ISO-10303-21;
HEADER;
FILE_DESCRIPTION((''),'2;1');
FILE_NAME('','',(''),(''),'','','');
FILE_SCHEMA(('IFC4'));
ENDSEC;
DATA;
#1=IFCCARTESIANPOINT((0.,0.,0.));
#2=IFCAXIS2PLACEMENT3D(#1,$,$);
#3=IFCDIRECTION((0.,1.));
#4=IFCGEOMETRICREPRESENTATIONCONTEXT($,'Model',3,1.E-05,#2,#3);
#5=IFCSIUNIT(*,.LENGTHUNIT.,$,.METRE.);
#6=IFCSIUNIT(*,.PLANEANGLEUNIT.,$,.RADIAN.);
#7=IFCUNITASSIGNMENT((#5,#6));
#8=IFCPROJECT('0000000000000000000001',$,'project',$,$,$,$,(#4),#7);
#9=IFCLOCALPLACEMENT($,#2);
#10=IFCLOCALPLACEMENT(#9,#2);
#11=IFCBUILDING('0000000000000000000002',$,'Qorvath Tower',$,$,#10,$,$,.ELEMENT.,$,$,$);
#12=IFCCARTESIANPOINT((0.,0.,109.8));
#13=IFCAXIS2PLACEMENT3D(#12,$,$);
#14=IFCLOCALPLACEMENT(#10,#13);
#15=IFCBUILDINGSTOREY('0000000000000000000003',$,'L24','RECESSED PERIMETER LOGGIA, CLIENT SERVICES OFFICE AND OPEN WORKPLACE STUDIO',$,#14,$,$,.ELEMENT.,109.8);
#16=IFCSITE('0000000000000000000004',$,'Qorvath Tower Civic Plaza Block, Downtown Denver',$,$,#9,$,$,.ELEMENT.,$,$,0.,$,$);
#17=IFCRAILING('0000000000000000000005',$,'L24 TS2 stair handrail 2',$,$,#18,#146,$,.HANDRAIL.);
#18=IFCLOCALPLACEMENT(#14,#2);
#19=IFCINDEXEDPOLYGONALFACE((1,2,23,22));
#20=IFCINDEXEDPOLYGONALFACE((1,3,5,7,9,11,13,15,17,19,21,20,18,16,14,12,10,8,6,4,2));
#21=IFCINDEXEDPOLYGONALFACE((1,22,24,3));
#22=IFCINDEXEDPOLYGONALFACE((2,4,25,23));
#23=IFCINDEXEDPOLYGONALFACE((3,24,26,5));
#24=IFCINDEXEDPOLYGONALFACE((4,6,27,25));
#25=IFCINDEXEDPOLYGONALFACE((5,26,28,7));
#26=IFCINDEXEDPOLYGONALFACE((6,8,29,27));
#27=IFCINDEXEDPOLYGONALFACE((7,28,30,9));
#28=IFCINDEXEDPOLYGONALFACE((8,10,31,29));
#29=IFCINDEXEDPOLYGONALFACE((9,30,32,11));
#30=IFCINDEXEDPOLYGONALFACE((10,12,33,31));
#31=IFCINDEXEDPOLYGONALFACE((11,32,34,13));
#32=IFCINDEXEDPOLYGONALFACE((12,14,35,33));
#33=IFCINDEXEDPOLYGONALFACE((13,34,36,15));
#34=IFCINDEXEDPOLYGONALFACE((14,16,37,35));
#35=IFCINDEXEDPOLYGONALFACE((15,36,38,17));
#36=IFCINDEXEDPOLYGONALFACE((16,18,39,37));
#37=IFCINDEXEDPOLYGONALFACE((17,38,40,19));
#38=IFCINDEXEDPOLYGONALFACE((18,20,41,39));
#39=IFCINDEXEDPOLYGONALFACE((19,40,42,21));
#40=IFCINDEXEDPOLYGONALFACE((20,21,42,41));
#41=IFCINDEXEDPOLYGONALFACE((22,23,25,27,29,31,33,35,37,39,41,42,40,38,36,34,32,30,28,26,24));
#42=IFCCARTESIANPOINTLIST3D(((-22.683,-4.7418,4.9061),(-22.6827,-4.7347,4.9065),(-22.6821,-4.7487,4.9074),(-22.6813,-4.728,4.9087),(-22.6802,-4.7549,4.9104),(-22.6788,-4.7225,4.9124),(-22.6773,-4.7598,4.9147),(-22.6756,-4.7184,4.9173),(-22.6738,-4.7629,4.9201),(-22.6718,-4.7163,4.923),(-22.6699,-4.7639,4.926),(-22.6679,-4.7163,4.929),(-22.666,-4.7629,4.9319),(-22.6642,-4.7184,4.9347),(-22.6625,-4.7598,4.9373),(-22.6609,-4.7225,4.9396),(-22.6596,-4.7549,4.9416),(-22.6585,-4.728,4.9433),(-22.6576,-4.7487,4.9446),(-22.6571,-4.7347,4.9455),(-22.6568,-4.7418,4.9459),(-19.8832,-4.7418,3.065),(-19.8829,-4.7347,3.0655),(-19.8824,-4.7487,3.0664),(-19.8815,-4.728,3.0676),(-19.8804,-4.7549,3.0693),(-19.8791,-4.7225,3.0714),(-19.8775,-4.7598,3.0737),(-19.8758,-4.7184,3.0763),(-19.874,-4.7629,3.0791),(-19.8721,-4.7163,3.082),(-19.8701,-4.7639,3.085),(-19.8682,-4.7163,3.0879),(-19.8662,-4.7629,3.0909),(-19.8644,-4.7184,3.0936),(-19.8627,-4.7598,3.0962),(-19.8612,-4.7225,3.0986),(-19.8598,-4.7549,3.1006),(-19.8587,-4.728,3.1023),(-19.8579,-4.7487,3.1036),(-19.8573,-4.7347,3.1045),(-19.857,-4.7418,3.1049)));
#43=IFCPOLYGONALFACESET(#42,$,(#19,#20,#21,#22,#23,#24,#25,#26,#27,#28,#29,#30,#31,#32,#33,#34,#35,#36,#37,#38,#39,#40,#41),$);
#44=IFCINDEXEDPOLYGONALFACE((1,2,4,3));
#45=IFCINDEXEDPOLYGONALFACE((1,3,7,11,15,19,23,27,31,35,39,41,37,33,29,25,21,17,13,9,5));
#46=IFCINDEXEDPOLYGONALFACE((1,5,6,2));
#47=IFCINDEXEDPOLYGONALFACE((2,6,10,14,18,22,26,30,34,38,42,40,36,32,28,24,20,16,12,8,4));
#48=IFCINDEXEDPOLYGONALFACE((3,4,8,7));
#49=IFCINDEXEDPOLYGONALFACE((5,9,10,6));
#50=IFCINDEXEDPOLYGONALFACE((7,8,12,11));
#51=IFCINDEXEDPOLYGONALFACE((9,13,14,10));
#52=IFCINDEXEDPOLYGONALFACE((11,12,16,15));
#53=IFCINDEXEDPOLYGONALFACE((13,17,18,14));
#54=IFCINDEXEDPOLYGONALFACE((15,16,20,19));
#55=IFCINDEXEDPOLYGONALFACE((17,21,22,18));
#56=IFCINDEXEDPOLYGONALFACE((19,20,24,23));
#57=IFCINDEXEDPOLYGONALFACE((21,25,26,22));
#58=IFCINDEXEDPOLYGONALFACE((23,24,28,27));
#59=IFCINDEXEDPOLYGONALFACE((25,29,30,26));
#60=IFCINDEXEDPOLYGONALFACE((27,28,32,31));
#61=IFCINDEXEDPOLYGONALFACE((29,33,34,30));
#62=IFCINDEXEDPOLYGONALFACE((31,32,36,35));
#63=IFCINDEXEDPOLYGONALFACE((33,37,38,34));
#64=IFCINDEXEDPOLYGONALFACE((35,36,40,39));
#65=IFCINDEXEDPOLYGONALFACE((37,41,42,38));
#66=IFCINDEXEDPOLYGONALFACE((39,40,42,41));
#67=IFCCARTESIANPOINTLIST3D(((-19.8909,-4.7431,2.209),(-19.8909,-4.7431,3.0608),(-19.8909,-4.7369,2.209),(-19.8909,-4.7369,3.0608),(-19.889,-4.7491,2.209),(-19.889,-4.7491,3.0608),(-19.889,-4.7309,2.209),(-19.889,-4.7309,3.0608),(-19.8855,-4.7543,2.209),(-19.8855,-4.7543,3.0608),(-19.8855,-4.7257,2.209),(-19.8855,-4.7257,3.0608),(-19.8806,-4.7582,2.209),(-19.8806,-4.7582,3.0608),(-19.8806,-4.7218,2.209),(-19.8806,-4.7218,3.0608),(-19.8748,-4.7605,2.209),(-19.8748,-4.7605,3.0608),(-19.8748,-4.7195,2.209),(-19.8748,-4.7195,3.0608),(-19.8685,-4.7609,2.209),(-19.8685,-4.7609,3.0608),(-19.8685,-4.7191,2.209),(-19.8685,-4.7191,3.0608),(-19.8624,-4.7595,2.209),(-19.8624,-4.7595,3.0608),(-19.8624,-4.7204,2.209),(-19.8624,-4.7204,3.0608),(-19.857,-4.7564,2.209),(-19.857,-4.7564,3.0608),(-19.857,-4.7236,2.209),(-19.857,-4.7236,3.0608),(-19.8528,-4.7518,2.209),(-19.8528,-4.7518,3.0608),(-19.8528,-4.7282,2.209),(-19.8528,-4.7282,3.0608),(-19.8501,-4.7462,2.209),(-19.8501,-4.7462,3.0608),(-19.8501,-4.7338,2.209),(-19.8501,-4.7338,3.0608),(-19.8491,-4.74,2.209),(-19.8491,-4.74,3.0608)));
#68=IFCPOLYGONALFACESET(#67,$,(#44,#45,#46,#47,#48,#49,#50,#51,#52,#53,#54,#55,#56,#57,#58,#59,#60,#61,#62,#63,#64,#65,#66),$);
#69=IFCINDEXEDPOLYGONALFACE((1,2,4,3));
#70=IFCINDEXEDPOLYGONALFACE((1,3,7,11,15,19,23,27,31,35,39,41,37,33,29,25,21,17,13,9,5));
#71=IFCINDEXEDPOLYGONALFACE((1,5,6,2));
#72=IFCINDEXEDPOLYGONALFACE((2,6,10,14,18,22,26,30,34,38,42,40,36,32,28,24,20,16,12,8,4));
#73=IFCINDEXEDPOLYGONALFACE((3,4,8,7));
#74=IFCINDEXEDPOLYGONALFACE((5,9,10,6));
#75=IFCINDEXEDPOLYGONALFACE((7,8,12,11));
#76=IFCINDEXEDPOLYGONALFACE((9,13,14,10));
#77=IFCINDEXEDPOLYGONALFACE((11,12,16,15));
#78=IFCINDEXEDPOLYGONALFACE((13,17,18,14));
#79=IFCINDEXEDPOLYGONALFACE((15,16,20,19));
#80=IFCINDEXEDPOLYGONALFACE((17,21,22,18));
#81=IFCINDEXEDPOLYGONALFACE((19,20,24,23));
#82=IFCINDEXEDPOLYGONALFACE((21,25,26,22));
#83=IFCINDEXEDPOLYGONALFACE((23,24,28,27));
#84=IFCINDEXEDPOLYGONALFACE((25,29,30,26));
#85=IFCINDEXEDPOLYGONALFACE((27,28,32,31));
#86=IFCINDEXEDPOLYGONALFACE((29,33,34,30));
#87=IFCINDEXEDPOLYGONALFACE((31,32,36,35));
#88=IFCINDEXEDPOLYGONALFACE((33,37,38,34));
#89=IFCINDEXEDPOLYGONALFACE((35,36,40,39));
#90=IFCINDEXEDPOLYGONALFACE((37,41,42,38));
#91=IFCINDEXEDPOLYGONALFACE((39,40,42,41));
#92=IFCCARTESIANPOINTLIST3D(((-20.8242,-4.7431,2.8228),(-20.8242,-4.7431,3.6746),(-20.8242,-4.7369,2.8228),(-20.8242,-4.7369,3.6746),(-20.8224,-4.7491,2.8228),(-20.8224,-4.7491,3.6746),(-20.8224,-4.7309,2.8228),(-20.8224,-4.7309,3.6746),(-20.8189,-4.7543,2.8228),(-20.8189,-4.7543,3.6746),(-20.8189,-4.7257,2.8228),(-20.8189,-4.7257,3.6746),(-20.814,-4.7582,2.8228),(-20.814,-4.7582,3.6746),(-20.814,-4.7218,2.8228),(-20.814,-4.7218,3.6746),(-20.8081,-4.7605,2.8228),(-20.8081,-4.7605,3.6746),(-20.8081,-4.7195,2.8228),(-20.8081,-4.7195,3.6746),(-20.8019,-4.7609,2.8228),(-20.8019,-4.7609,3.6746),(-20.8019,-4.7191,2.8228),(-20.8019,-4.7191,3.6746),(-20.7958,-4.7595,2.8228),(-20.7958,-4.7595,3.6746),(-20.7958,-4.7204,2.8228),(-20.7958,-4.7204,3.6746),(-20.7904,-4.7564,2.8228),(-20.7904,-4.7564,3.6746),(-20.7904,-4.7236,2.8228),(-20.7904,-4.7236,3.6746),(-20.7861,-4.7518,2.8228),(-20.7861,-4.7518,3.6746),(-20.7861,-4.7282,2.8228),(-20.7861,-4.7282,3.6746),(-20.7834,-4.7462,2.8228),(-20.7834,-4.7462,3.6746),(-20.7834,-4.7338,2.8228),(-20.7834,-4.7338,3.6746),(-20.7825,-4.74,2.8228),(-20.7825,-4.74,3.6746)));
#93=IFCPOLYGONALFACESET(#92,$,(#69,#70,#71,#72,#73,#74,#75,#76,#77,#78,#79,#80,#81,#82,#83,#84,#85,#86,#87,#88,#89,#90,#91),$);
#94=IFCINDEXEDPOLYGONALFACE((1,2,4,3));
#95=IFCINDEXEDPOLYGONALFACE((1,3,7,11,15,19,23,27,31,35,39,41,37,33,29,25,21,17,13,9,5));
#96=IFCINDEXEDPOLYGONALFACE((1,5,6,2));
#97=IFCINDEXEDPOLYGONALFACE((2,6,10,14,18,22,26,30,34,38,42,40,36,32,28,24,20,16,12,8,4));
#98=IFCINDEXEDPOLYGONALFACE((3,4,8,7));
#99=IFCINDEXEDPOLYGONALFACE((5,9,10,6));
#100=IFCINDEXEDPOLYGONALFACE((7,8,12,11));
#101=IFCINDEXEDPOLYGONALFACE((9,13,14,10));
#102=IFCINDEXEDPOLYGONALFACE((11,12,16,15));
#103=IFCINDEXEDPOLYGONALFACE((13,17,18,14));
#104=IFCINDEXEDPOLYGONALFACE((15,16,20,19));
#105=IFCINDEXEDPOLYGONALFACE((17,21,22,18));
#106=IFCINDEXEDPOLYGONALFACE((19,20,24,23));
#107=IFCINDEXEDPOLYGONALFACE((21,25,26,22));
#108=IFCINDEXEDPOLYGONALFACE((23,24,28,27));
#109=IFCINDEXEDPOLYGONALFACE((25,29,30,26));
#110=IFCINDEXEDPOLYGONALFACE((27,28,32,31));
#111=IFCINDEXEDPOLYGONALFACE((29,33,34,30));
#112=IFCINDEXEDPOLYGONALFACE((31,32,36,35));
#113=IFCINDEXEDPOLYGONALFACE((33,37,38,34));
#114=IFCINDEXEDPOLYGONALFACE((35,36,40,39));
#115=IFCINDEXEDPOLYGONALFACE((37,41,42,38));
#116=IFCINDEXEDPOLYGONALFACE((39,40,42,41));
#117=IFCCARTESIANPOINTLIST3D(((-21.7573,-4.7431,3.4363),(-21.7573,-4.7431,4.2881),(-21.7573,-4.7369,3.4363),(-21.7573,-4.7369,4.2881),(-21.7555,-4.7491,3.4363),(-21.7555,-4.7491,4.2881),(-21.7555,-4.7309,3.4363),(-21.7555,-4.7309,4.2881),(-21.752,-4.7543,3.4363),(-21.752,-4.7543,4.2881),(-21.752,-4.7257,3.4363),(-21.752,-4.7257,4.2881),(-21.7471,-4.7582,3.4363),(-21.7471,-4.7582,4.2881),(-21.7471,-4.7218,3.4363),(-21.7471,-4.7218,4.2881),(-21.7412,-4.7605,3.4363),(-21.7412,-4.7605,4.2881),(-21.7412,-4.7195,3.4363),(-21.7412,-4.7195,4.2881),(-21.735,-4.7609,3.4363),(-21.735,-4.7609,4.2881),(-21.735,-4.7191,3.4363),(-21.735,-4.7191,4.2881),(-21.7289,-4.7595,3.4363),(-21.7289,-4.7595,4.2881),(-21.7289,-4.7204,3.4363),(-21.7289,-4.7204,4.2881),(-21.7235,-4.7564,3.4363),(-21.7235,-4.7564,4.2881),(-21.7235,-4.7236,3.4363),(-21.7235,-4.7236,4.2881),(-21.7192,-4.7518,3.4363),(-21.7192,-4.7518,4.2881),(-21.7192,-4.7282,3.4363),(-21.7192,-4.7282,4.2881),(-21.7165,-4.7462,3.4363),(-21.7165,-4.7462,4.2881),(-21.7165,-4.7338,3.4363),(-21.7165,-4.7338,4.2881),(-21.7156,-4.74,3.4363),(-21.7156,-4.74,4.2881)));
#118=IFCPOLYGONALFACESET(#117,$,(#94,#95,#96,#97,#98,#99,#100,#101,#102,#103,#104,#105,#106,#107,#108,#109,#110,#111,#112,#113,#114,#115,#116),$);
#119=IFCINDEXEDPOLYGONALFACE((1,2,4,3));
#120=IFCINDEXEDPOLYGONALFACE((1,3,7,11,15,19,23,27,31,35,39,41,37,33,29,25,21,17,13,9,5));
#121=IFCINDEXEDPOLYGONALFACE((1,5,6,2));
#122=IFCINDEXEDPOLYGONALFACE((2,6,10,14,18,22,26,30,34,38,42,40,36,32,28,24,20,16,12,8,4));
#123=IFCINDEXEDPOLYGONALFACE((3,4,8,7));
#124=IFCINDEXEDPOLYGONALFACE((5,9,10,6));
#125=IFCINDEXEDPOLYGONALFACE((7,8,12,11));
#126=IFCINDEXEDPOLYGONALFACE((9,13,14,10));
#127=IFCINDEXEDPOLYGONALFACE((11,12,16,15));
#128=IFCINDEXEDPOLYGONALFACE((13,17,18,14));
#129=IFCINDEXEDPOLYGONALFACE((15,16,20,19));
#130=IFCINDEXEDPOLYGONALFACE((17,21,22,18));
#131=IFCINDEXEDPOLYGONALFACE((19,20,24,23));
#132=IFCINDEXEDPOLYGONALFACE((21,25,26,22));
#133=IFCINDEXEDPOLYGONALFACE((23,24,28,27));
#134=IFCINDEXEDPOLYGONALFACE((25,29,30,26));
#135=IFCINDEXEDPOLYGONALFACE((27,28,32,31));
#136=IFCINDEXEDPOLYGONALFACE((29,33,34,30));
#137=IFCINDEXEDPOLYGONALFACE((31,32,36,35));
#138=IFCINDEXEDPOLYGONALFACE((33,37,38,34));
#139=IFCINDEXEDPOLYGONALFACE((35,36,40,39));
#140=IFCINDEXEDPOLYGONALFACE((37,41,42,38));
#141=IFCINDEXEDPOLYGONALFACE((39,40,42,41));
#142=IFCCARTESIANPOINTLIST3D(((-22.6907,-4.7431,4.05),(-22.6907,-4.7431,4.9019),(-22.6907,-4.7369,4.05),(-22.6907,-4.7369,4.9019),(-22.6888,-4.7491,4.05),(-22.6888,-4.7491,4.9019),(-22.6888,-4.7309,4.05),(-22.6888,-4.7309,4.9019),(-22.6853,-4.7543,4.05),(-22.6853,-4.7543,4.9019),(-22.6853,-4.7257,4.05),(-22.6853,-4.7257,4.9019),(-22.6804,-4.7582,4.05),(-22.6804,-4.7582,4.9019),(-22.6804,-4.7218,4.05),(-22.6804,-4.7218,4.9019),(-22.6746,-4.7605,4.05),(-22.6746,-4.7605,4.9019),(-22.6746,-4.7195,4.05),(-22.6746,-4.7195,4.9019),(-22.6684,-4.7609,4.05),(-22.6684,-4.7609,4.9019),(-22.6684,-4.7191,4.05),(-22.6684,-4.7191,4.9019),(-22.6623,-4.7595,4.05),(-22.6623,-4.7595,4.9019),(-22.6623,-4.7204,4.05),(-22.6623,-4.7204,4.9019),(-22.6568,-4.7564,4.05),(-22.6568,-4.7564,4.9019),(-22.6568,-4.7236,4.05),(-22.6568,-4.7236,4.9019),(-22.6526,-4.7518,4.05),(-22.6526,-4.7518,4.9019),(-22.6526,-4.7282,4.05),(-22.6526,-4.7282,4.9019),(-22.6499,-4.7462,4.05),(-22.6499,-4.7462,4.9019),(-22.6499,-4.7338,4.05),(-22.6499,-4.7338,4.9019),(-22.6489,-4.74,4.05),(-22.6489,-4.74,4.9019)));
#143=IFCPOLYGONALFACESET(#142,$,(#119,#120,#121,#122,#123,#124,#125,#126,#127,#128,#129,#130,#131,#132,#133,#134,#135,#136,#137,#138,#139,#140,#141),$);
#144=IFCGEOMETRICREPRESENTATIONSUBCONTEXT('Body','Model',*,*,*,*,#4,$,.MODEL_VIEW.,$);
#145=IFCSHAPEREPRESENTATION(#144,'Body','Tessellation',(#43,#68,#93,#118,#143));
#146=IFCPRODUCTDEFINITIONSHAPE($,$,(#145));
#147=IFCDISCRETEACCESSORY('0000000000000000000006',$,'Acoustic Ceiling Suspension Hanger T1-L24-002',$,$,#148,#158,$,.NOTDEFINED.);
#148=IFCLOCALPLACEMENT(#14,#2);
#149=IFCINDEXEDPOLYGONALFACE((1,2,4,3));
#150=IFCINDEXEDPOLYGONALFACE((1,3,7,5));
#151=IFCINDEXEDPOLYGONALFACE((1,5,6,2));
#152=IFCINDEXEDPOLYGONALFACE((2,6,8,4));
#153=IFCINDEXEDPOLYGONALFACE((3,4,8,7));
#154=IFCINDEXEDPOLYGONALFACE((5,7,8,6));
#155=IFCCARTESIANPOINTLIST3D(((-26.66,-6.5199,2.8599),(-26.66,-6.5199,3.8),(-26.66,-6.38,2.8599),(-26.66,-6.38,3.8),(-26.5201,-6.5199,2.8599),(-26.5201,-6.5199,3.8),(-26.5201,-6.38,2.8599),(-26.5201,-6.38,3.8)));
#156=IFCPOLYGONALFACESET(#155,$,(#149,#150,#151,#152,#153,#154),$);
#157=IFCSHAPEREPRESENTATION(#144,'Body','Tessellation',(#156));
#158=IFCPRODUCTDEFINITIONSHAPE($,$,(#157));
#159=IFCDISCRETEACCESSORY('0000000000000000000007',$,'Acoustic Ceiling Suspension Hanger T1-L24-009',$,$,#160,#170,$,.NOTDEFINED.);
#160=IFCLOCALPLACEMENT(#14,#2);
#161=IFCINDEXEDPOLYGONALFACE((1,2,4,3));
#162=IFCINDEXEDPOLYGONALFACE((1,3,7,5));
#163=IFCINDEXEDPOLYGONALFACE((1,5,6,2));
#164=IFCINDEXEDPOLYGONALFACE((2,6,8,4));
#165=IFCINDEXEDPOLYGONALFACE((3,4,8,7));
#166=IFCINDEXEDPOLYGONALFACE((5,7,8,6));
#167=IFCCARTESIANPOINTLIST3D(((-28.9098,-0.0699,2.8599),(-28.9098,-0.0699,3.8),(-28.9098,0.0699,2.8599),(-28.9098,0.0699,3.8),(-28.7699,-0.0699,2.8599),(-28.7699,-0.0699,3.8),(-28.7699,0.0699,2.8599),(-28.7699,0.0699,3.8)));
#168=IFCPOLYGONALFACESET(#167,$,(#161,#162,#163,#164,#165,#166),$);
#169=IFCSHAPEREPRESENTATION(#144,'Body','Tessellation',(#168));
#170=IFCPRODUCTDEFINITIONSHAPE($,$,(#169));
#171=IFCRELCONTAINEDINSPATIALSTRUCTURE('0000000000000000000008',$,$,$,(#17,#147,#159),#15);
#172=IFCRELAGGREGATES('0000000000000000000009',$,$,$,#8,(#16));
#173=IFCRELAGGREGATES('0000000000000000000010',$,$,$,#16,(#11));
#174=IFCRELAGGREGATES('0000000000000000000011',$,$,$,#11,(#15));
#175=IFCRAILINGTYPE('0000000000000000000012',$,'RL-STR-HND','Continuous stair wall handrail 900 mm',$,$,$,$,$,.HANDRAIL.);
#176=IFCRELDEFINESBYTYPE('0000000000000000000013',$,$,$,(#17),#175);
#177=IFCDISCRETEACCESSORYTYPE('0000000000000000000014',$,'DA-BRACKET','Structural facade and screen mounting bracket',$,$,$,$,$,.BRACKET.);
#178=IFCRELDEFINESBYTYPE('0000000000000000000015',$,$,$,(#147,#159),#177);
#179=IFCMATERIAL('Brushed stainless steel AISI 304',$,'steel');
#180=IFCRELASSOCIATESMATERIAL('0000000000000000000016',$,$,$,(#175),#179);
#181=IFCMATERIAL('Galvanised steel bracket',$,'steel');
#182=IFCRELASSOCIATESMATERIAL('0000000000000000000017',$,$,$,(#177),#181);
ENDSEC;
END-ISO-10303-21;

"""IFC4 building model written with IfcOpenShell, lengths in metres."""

from ifc_helpers import new_model, si_unit, direction, frame, origin, origin_2d, place, context, subcontext, project, spatial, rectangle, circle, extrude, material, type_object, element, save


model = new_model("IFC4")

# Units and contexts
model_context = context("Model", 3, precision=1e-05, world=origin(), true_north=direction((0.0, 1.0)))
body_context = subcontext(model_context, "Body", "Model", "MODEL_VIEW")
ifc_project = project(units=[si_unit("LENGTHUNIT", "METRE"), si_unit("PLANEANGLEUNIT", "RADIAN")], contexts=[model_context])

# Site, building, storey
site_placement = place(None, origin())
site = spatial("IfcSite", under=ifc_project, at=site_placement, Name="Qorvath Tower Civic Plaza Block, Downtown Denver", CompositionType="ELEMENT", RefElevation=0.0)
building_placement = place(site_placement, origin())
building = spatial("IfcBuilding", under=site, at=building_placement, Name="Qorvath Tower", CompositionType="ELEMENT")
storey_placement = place(building_placement, frame((0.0, 0.0, 109.8)))
storey = spatial("IfcBuildingStorey", under=building, at=storey_placement, Name="L24", Description="RECESSED PERIMETER LOGGIA, CLIENT SERVICES OFFICE AND OPEN WORKPLACE STUDIO", CompositionType="ELEMENT", Elevation=109.8)

# Railing
ifc_material_1 = material(Name="Brushed stainless steel AISI 304", Category="steel")
railing_type_1 = type_object("IfcRailingType", Name="RL-STR-HND", Description="Continuous stair wall handrail 900 mm", PredefinedType="HANDRAIL", material=ifc_material_1)
railing_1_placement = place(storey_placement, frame((-19.8701, -4.74, 2.209)))
element("IfcRailing", 1, at=railing_1_placement, inside=storey, type_object=railing_type_1, Name="L24 TS2 stair handrail 2", PredefinedType="HANDRAIL", context=body_context, shape_type="SweptSolid", body=[
    extrude(circle(Radius=0.0239, at=origin_2d()), frame((0.0, 0.0, 0.876), z_axis=(-0.835542, 0.0, 0.549426), x_axis=(0.0, -1.0, 0.0)), (0.0, 0.0, 1.0), 3.3508),
    extrude(circle(Radius=0.021, at=origin_2d()), origin(), (0.0, 0.0, 1.0), 0.8518),
    extrude(circle(Radius=0.021, at=origin_2d()), frame((-0.9333, 0.0, 0.6138)), (0.0, 0.0, 1.0), 0.8518),
    extrude(circle(Radius=0.021, at=origin_2d()), frame((-1.8665, 0.0, 1.2273)), (0.0, 0.0, 1.0), 0.8518),
    extrude(circle(Radius=0.021, at=origin_2d()), frame((-2.7998, 0.0, 1.8411)), (0.0, 0.0, 1.0), 0.8518),
])

# Discrete accessories
ifc_material_2 = material(Name="Galvanised steel bracket", Category="steel")
discrete_accessory_type = type_object("IfcDiscreteAccessoryType", Name="DA-BRACKET", Description="Structural facade and screen mounting bracket", PredefinedType="BRACKET", material=ifc_material_2)
for number, where, z_axis, x_axis, name in (
    (2, (-26.5901, -6.45, 2.8599), (0.0, 0.0, 1.0), (1.0, 0.0, 0.0), "Acoustic Ceiling Suspension Hanger T1-L24-002"),
    (3, (-28.8398, 0.0, 2.8599), (0.0, 0.0, 1.0), (1.0, 0.0, 0.0), "Acoustic Ceiling Suspension Hanger T1-L24-009"),
):
    element("IfcDiscreteAccessory", number, at=place(storey_placement, frame(where, z_axis=z_axis, x_axis=x_axis)), inside=storey, type_object=discrete_accessory_type, Name=name, PredefinedType="NOTDEFINED", context=body_context, shape_type="SweptSolid", body=[
        extrude(rectangle(XDim=0.1399, YDim=0.1399, at=origin_2d()), origin(), (0.0, 0.0, 1.0), 0.9402),
    ])

save(model, "model.ifc")
